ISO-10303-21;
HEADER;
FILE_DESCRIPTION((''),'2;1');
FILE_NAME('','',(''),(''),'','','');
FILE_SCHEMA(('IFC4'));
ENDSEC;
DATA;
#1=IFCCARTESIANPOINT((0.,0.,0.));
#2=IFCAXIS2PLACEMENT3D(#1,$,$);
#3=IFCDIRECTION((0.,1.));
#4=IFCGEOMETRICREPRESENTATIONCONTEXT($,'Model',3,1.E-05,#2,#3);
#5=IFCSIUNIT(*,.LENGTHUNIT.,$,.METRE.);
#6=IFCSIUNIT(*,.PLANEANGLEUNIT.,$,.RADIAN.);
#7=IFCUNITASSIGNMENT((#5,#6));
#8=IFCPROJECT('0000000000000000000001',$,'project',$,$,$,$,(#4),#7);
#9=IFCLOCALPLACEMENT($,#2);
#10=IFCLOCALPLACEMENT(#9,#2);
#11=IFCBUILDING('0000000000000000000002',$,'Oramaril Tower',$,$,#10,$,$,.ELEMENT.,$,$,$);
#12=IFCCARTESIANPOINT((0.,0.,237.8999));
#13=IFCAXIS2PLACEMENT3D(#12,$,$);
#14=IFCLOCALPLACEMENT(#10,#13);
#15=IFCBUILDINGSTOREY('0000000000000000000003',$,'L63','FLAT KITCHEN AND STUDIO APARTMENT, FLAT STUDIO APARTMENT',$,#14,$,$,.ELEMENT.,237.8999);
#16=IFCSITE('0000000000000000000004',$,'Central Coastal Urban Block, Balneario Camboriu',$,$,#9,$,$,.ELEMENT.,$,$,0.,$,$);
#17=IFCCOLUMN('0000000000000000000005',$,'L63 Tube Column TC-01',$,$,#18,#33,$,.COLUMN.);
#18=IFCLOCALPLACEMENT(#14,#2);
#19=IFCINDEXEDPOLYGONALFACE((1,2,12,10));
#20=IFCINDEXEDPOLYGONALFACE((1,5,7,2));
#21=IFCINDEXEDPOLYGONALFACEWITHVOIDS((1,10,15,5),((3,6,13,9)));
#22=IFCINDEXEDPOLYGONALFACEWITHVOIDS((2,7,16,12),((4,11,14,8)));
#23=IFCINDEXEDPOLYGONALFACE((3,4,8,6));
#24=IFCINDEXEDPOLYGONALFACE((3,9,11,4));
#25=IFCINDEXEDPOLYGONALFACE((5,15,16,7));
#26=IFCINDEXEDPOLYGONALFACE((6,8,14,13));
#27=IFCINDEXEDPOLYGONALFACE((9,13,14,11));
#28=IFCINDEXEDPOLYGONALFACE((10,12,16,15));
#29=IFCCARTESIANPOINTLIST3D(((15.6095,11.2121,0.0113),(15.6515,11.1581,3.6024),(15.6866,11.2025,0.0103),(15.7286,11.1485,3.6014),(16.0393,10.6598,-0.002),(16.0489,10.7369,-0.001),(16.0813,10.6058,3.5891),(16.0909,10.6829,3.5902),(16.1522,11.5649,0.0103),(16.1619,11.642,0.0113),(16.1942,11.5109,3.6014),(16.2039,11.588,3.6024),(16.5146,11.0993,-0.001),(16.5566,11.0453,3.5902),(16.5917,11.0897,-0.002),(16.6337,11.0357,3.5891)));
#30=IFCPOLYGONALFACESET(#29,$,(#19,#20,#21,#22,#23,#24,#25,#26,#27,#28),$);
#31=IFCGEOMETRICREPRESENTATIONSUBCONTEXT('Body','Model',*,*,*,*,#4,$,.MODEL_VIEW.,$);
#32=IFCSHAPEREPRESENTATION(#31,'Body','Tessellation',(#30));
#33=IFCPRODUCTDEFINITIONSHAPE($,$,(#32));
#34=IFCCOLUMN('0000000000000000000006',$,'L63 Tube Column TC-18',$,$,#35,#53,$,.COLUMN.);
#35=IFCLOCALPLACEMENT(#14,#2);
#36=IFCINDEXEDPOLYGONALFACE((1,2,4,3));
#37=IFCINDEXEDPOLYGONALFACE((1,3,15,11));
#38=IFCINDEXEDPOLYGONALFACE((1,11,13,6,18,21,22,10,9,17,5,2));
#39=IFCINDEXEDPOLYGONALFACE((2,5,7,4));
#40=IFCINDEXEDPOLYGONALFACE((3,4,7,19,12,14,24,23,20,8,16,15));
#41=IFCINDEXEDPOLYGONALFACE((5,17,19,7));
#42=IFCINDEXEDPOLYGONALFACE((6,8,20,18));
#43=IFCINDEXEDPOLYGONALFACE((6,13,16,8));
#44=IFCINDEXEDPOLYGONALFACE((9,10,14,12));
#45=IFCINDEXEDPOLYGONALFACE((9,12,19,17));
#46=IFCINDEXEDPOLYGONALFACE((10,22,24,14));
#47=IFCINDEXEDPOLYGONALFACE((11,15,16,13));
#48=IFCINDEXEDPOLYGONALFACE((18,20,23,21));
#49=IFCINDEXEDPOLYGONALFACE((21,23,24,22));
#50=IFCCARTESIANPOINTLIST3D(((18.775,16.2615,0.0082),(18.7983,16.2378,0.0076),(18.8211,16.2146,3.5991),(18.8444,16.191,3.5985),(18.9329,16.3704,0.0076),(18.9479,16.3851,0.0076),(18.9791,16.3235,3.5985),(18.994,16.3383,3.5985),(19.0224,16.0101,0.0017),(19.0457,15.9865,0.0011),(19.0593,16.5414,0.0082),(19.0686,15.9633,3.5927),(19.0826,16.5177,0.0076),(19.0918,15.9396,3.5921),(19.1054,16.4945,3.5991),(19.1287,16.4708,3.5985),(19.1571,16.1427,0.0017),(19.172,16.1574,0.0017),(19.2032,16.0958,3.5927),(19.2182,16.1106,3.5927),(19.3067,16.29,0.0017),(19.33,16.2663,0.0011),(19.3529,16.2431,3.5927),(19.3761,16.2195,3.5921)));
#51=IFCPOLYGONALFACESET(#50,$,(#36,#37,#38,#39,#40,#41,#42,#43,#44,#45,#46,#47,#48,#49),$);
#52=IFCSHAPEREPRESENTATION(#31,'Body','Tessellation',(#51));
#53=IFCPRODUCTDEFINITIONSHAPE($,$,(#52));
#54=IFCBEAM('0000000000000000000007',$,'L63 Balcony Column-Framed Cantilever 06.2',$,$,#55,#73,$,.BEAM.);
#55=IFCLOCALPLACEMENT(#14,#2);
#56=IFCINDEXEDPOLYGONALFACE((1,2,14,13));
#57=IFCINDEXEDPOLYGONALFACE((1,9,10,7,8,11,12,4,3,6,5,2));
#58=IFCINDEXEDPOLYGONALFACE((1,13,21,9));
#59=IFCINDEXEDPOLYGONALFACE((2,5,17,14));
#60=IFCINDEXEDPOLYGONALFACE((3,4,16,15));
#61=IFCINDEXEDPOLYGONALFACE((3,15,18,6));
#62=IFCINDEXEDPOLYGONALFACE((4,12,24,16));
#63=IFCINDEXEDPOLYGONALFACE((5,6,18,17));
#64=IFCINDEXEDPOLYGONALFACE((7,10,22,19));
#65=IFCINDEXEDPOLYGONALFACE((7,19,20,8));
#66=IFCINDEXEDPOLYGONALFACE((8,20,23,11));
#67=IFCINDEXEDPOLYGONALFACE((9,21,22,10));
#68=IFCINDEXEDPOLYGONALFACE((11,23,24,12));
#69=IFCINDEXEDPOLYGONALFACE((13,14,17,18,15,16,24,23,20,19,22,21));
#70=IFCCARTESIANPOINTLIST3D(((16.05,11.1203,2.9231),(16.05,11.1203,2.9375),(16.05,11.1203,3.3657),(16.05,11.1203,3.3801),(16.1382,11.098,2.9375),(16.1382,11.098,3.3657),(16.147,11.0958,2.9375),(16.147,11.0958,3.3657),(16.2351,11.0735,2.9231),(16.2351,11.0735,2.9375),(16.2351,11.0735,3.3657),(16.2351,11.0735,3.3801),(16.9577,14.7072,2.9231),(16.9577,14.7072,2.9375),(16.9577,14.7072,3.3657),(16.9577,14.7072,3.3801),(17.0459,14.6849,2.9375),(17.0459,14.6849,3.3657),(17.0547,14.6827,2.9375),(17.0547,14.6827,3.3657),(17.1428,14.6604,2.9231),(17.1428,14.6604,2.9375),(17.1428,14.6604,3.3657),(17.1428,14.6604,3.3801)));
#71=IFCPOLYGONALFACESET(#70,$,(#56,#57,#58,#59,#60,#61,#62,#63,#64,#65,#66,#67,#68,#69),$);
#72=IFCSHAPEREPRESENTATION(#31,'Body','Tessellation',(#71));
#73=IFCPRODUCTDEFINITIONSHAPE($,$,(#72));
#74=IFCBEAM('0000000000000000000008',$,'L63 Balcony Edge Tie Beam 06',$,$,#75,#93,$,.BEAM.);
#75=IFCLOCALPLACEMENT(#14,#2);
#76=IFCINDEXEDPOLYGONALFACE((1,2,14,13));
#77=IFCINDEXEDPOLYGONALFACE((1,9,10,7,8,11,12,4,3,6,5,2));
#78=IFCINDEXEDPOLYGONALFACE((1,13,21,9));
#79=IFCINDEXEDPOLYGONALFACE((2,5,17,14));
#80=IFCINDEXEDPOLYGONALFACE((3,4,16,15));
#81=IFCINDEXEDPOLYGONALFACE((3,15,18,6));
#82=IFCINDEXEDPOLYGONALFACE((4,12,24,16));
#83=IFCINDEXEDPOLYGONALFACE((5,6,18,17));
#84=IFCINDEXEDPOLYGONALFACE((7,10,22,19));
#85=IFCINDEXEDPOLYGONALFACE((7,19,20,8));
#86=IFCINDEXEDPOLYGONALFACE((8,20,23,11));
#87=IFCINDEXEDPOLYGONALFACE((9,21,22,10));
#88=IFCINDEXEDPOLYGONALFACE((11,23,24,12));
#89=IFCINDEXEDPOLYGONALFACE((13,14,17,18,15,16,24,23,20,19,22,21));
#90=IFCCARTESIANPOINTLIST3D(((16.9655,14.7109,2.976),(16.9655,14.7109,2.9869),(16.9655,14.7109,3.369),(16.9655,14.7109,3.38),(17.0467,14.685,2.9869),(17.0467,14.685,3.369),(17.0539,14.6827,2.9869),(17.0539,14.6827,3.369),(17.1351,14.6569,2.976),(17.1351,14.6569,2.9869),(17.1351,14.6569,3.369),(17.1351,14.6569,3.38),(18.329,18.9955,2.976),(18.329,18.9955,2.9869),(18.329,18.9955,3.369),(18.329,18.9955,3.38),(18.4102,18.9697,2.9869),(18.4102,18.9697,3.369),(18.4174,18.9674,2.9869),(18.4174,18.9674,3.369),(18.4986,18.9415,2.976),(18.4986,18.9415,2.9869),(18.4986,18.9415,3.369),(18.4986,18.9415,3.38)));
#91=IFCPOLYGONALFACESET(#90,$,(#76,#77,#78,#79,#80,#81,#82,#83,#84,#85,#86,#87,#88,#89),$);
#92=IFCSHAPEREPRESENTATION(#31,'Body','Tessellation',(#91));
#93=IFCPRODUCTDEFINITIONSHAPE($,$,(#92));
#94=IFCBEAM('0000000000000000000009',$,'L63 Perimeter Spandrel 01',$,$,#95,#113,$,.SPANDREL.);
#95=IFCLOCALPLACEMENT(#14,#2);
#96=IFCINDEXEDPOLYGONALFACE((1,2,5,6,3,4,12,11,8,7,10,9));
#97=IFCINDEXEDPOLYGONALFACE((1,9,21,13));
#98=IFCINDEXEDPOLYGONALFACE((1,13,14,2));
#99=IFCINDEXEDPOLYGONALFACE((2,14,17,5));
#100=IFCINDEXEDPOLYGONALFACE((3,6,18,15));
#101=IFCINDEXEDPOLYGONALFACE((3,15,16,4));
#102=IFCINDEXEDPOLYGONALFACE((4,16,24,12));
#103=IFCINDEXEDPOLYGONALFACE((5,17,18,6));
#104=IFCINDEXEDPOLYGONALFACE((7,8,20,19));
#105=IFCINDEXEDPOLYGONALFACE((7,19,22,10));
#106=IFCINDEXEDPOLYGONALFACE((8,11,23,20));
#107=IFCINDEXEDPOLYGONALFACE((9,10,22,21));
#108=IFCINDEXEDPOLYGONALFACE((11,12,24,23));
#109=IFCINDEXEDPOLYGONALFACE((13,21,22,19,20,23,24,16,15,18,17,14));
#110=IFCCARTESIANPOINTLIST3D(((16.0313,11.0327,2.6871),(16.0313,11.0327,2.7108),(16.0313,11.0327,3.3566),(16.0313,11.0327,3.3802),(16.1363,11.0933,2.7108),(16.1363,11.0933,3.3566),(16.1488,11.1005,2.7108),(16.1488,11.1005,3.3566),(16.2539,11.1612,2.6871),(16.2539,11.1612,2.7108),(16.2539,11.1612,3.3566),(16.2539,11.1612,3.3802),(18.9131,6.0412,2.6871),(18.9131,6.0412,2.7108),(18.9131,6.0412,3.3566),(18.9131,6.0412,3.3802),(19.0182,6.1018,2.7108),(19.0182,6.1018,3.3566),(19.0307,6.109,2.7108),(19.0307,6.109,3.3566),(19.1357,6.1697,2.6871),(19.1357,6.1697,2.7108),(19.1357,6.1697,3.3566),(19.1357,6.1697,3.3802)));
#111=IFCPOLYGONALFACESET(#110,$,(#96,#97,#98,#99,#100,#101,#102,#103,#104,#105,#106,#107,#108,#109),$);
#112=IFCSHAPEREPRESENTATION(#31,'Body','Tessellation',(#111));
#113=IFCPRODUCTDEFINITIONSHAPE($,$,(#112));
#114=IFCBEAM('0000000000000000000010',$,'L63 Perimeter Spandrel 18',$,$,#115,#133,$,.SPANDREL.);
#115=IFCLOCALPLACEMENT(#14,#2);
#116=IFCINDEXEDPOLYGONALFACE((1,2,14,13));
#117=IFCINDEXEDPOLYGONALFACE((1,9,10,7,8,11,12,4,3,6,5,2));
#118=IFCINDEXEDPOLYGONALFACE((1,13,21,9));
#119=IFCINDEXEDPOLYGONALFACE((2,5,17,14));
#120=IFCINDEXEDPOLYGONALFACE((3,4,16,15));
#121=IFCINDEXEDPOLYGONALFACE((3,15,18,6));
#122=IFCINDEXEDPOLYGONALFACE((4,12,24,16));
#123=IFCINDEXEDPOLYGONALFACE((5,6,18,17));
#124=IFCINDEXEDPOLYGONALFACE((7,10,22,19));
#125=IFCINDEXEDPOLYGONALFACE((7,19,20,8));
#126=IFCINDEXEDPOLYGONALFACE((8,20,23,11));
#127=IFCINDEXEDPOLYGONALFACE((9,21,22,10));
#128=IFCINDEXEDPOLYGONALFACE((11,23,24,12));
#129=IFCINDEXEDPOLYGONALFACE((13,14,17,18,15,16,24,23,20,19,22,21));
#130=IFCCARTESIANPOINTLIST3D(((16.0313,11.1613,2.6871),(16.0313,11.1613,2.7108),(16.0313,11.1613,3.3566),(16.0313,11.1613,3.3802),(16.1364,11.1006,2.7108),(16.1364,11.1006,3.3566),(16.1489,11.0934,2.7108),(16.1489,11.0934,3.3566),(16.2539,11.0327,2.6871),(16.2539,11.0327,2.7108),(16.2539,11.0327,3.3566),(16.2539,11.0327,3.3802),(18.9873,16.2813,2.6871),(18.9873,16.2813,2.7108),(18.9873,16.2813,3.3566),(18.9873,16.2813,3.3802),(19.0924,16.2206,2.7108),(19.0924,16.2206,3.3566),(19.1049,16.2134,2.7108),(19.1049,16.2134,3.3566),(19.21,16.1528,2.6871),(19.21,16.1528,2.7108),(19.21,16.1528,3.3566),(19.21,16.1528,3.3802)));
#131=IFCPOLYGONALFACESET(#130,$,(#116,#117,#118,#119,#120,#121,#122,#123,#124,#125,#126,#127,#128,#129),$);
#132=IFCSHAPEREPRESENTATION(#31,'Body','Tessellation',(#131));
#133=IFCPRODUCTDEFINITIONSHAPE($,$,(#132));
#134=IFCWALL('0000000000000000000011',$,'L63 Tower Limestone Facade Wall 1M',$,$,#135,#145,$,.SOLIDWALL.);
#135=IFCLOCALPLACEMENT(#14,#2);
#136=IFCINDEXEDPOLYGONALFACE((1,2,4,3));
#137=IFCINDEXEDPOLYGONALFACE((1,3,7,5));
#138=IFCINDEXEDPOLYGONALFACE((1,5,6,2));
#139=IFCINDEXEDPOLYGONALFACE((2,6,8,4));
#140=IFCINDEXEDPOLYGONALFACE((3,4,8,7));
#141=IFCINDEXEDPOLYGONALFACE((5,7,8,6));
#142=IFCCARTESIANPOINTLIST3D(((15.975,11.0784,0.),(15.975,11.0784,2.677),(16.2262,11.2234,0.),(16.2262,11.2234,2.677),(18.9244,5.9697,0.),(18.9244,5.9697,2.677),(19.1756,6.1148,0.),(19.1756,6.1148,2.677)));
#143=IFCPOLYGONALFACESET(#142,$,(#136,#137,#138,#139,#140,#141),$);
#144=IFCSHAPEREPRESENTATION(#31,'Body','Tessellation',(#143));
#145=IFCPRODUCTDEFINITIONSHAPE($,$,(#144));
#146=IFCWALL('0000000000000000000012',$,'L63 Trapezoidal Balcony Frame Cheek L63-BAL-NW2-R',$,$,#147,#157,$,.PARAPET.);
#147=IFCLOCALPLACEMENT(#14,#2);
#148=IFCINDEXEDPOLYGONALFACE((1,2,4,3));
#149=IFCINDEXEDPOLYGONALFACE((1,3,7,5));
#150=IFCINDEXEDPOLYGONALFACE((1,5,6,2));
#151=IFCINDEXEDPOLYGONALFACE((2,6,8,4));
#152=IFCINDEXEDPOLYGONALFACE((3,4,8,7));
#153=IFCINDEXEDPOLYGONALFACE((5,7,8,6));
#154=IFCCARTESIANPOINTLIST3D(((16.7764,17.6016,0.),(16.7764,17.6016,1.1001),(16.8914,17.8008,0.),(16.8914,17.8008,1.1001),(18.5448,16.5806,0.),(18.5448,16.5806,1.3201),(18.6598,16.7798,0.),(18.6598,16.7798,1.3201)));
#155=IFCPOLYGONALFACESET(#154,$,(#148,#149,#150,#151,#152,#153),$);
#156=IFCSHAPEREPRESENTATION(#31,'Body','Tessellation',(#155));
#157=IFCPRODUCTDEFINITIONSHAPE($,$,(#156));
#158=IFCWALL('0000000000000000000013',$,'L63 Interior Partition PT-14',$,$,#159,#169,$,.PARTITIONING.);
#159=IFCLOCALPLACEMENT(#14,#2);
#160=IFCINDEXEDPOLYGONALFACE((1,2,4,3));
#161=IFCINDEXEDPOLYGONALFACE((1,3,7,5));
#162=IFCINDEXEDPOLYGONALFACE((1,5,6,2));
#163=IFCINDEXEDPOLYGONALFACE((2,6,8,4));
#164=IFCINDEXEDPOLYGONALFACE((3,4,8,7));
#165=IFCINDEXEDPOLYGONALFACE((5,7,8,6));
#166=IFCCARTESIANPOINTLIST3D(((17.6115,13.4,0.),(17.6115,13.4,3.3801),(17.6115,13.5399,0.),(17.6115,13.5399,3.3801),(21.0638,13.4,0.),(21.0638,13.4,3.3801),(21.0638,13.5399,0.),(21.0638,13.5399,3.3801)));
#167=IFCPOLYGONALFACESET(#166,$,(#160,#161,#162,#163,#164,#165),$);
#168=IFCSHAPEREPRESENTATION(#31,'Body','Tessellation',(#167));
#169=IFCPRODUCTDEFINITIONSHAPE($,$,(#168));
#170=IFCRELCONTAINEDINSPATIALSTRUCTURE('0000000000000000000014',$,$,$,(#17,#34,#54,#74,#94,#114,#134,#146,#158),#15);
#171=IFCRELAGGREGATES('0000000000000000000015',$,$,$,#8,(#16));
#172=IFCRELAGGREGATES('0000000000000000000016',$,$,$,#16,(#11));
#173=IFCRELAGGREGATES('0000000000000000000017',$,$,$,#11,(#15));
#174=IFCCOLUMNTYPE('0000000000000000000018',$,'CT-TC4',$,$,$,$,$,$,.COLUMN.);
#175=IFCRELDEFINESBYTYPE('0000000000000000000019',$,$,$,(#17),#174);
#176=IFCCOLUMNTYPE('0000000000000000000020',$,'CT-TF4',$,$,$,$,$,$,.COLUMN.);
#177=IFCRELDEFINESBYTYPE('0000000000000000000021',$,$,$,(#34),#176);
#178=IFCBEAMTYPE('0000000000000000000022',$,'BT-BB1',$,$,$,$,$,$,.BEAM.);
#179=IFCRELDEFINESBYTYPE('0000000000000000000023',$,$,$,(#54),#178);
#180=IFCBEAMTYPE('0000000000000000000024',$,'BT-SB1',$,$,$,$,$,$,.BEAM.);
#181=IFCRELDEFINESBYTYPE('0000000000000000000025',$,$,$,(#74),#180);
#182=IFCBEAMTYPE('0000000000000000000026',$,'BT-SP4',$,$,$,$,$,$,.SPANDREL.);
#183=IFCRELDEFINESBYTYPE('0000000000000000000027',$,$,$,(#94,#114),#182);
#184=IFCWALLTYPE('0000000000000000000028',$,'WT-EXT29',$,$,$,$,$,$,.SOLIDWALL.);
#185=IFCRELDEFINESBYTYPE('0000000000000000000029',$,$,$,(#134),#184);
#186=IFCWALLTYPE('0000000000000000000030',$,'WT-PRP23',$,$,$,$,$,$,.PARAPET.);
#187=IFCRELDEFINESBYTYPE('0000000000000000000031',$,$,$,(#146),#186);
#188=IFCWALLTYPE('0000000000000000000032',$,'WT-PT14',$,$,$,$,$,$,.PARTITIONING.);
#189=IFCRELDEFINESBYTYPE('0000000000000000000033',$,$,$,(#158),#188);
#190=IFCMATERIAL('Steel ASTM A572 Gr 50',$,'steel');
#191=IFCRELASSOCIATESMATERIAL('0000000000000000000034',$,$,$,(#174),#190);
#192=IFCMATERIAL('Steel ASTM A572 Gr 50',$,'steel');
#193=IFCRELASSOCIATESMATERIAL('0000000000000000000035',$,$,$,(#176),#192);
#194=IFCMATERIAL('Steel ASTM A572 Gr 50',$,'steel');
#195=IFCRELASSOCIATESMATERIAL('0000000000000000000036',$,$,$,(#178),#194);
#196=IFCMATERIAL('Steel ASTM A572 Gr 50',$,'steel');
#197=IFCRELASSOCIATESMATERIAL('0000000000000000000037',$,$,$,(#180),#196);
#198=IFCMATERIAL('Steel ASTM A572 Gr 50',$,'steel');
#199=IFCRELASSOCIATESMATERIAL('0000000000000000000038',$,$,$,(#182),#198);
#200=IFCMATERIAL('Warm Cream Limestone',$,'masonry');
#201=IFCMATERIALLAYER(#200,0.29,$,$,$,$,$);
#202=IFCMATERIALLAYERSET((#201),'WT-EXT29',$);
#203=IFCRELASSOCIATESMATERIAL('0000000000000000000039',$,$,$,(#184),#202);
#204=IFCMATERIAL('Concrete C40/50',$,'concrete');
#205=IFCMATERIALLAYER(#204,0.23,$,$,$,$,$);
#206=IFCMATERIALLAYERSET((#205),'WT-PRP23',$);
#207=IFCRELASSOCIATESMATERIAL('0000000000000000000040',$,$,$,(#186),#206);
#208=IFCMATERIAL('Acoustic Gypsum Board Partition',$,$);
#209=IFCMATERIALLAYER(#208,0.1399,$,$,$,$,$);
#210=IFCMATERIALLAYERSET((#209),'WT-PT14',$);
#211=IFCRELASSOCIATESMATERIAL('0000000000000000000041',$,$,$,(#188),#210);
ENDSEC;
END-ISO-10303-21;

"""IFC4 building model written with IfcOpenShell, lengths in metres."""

from ifc_helpers import new_model, si_unit, direction, frame, frame_2d, origin, origin_2d, place, context, subcontext, project, spatial, polyline, rectangle, hollow_rectangle, i_section, outline, extrude, material, layer, layer_set, material_profile, profile_set, type_object, element, save


model = new_model("IFC4")

# Units and contexts
model_context = context("Model", 3, precision=1e-05, world=origin(), true_north=direction((0.0, 1.0)))
body_context = subcontext(model_context, "Body", "Model", "MODEL_VIEW")
ifc_project = project(units=[si_unit("LENGTHUNIT", "METRE"), si_unit("PLANEANGLEUNIT", "RADIAN")], contexts=[model_context])

# Site, building, storey
site_placement = place(None, origin())
site = spatial("IfcSite", under=ifc_project, at=site_placement, Name="Central Coastal Urban Block, Balneario Camboriu", CompositionType="ELEMENT", RefElevation=0.0)
building_placement = place(site_placement, origin())
building = spatial("IfcBuilding", under=site, at=building_placement, Name="Oramaril Tower", CompositionType="ELEMENT")
storey_placement = place(building_placement, frame((0.0, 0.0, 237.8999)))
storey = spatial("IfcBuildingStorey", under=building, at=storey_placement, Name="L63", Description="FLAT KITCHEN AND STUDIO APARTMENT, FLAT STUDIO APARTMENT", CompositionType="ELEMENT", Elevation=237.8999)

# Columns
ifc_material_1 = material(Name="Steel ASTM A572 Gr 50", Category="steel")
ifc_material_profile_1 = material_profile(ifc_material_1, hollow_rectangle(XDim=0.7, YDim=0.7, WallThickness=0.0549, at=origin_2d()), Name="BOX700X700X55")
ifc_profile_set_1 = profile_set([ifc_material_profile_1], Name="Steel ASTM A572 Gr 50")
column_type_1 = type_object("IfcColumnType", Name="CT-TC4", PredefinedType="COLUMN", material=ifc_profile_set_1)
column_1_placement = place(storey_placement, frame((16.1006, 11.1509, 0.0046), z_axis=(0.011691, -0.015022, 0.999819), x_axis=(0.78916, 0.614188, 0.0)))
element("IfcColumn", 1, at=column_1_placement, inside=storey, type_object=column_type_1, Name="L63 Tube Column TC-01", PredefinedType="COLUMN", context=body_context, shape_type="SweptSolid", body=[
    extrude(hollow_rectangle(XDim=0.7, YDim=0.7, WallThickness=0.0549, at=origin_2d()), origin(), (0.0, 0.0, 1.0), 3.5918),
])
ifc_material_2 = material(Name="Steel ASTM A572 Gr 50", Category="steel")
ifc_material_profile_2 = material_profile(ifc_material_2, i_section(OverallWidth=0.3989, OverallDepth=0.386, WebThickness=0.021, FlangeThickness=0.0332, at=origin_2d()), Name="W14X176")
ifc_profile_set_2 = profile_set([ifc_material_profile_2], Name="Steel ASTM A572 Gr 50")
column_type_2 = type_object("IfcColumnType", Name="CT-TF4", PredefinedType="COLUMN", material=ifc_profile_set_2)
column_2_placement = place(storey_placement, frame((19.0525, 16.2639, 0.0046), z_axis=(0.012847, -0.013051, 0.999832), x_axis=(0.712652, 0.701517, 0.0)))
element("IfcColumn", 2, at=column_2_placement, inside=storey, type_object=column_type_2, Name="L63 Tube Column TC-18", PredefinedType="COLUMN", context=body_context, shape_type="SweptSolid", body=[
    extrude(i_section(OverallWidth=0.3989, OverallDepth=0.386, WebThickness=0.021, FlangeThickness=0.0332, at=origin_2d()), origin(), (0.0, 0.0, 1.0), 3.5916),
])

# Beams
ifc_material_3 = material(Name="Steel ASTM A572 Gr 50", Category="steel")
ifc_material_profile_3 = material_profile(ifc_material_3, i_section(OverallWidth=0.1909, OverallDepth=0.457, WebThickness=0.009, FlangeThickness=0.0144, at=origin_2d()), Name="W18X50")
ifc_profile_set_3 = profile_set([ifc_material_profile_3], Name="Steel ASTM A572 Gr 50")
beam_type_1 = type_object("IfcBeamType", Name="BT-BB1", PredefinedType="BEAM", material=ifc_profile_set_3)
beam_1_placement = place(storey_placement, frame((16.1426, 11.0969, 3.1516), z_axis=(0.245329, 0.96944, 0.0), x_axis=(-0.96944, 0.245329, 0.0)))
element("IfcBeam", 3, at=beam_1_placement, inside=storey, type_object=beam_type_1, Name="L63 Balcony Column-Framed Cantilever 06.2", PredefinedType="BEAM", context=body_context, shape_type="SweptSolid", body=[
    extrude(i_section(OverallWidth=0.1909, OverallDepth=0.457, WebThickness=0.009, FlangeThickness=0.0144, at=origin_2d()), origin(), (0.0, 0.0, 1.0), 3.7),
])
ifc_material_4 = material(Name="Steel ASTM A572 Gr 50", Category="steel")
ifc_material_profile_4 = material_profile(ifc_material_4, i_section(OverallWidth=0.178, OverallDepth=0.4041, WebThickness=0.0076, FlangeThickness=0.011, at=origin_2d()), Name="W16X36")
ifc_profile_set_4 = profile_set([ifc_material_profile_4], Name="Steel ASTM A572 Gr 50")
beam_type_2 = type_object("IfcBeamType", Name="BT-SB1", PredefinedType="BEAM", material=ifc_profile_set_4)
beam_2_placement = place(storey_placement, frame((18.4138, 18.9685, 3.178), z_axis=(-0.303248, -0.952912, 0.0), x_axis=(0.952912, -0.303248, 0.0)))
element("IfcBeam", 4, at=beam_2_placement, inside=storey, type_object=beam_type_2, Name="L63 Balcony Edge Tie Beam 06", PredefinedType="BEAM", context=body_context, shape_type="SweptSolid", body=[
    extrude(i_section(OverallWidth=0.178, OverallDepth=0.4041, WebThickness=0.0076, FlangeThickness=0.011, at=origin_2d()), origin(), (0.0, 0.0, 1.0), 4.4963),
])
ifc_material_5 = material(Name="Steel ASTM A572 Gr 50", Category="steel")
ifc_material_profile_5 = material_profile(ifc_material_5, i_section(OverallWidth=0.2571, OverallDepth=0.6931, WebThickness=0.0144, FlangeThickness=0.0237, at=origin_2d()), Name="W27X114")
ifc_profile_set_5 = profile_set([ifc_material_profile_5], Name="Steel ASTM A572 Gr 50")
beam_type_3 = type_object("IfcBeamType", Name="BT-SP4", PredefinedType="SPANDREL", material=ifc_profile_set_5)
beam_3_placement = place(storey_placement, frame((16.1426, 11.0969, 3.0337), z_axis=(0.500002, -0.866024, 0.0), x_axis=(0.866024, 0.500002, 0.0)))
element("IfcBeam", 5, at=beam_3_placement, inside=storey, type_object=beam_type_3, Name="L63 Perimeter Spandrel 01", PredefinedType="SPANDREL", context=body_context, shape_type="SweptSolid", body=[
    extrude(i_section(OverallWidth=0.2571, OverallDepth=0.6931, WebThickness=0.0144, FlangeThickness=0.0237, at=origin_2d()), origin(), (0.0, 0.0, 1.0), 5.7637),
])
beam_4_placement = place(storey_placement, frame((19.0986, 16.217, 3.0337), z_axis=(-0.499994, -0.866029, 0.0), x_axis=(0.866029, -0.499994, 0.0)))
element("IfcBeam", 6, at=beam_4_placement, inside=storey, type_object=beam_type_3, Name="L63 Perimeter Spandrel 18", PredefinedType="SPANDREL", context=body_context, shape_type="SweptSolid", body=[
    extrude(i_section(OverallWidth=0.2571, OverallDepth=0.6931, WebThickness=0.0144, FlangeThickness=0.0237, at=origin_2d()), origin(), (0.0, 0.0, 1.0), 5.9121),
])

# Walls
ifc_material_6 = material(Name="Warm Cream Limestone", Category="masonry")
ifc_layer_1 = layer(ifc_material_6, 0.29)
ifc_layer_set_1 = layer_set([ifc_layer_1], Name="WT-EXT29")
wall_type_1 = type_object("IfcWallType", Name="WT-EXT29", PredefinedType="SOLIDWALL", material=ifc_layer_set_1)
wall_1_placement = place(storey_placement, frame((16.1006, 11.1509, 0.0), z_axis=(0.0, 0.0, 1.0), x_axis=(0.499998, -0.866026, 0.0)))
element("IfcWall", 7, at=wall_1_placement, inside=storey, type_object=wall_type_1, Name="L63 Tower Limestone Facade Wall 1M", PredefinedType="SOLIDWALL", context=body_context, shape_type="SweptSolid", body=[
    extrude(rectangle(XDim=5.8989, YDim=0.29, at=frame_2d((2.9495, 0.0))), origin(), (0.0, 0.0, 1.0), 2.677),
])
ifc_material_7 = material(Name="Concrete C40/50", Category="concrete")
ifc_layer_2 = layer(ifc_material_7, 0.23)
ifc_layer_set_2 = layer_set([ifc_layer_2], Name="WT-PRP23")
wall_type_2 = type_object("IfcWallType", Name="WT-PRP23", PredefinedType="PARAPET", material=ifc_layer_set_2)
wall_2_placement = place(storey_placement, frame((18.6023, 16.6802, 0.0), z_axis=(0.0, 0.0, 1.0), x_axis=(-0.866012, 0.500023, 0.0)))
element("IfcWall", 8, at=wall_2_placement, inside=storey, type_object=wall_type_2, Name="L63 Trapezoidal Balcony Frame Cheek L63-BAL-NW2-R", PredefinedType="PARAPET", context=body_context, shape_type="SweptSolid", body=[
    extrude(outline(polyline([(0.0, 0.0), (2.042, 0.0), (2.042, 1.1001), (0.0, 1.3201), (0.0, 0.0)])), frame((0.0, 0.115, 0.0), z_axis=(0.0, -1.0, 0.0), x_axis=(1.0, 0.0, 0.0)), (0.0, 0.0, 1.0), 0.23),
])
ifc_material_8 = material(Name="Acoustic Gypsum Board Partition")
ifc_layer_3 = layer(ifc_material_8, 0.1399)
ifc_layer_set_3 = layer_set([ifc_layer_3], Name="WT-PT14")
wall_type_3 = type_object("IfcWallType", Name="WT-PT14", PredefinedType="PARTITIONING", material=ifc_layer_set_3)
wall_3_placement = place(storey_placement, frame((17.6116, 13.47, 0.0), z_axis=(0.0, 0.0, 1.0), x_axis=(1.0, 0.0, 0.0)))
element("IfcWall", 9, at=wall_3_placement, inside=storey, type_object=wall_type_3, Name="L63 Interior Partition PT-14", PredefinedType="PARTITIONING", context=body_context, shape_type="SweptSolid", body=[
    extrude(rectangle(XDim=3.4524, YDim=0.1399, at=frame_2d((1.7261, 0.0))), origin(), (0.0, 0.0, 1.0), 3.3801),
])

save(model, "model.ifc")
